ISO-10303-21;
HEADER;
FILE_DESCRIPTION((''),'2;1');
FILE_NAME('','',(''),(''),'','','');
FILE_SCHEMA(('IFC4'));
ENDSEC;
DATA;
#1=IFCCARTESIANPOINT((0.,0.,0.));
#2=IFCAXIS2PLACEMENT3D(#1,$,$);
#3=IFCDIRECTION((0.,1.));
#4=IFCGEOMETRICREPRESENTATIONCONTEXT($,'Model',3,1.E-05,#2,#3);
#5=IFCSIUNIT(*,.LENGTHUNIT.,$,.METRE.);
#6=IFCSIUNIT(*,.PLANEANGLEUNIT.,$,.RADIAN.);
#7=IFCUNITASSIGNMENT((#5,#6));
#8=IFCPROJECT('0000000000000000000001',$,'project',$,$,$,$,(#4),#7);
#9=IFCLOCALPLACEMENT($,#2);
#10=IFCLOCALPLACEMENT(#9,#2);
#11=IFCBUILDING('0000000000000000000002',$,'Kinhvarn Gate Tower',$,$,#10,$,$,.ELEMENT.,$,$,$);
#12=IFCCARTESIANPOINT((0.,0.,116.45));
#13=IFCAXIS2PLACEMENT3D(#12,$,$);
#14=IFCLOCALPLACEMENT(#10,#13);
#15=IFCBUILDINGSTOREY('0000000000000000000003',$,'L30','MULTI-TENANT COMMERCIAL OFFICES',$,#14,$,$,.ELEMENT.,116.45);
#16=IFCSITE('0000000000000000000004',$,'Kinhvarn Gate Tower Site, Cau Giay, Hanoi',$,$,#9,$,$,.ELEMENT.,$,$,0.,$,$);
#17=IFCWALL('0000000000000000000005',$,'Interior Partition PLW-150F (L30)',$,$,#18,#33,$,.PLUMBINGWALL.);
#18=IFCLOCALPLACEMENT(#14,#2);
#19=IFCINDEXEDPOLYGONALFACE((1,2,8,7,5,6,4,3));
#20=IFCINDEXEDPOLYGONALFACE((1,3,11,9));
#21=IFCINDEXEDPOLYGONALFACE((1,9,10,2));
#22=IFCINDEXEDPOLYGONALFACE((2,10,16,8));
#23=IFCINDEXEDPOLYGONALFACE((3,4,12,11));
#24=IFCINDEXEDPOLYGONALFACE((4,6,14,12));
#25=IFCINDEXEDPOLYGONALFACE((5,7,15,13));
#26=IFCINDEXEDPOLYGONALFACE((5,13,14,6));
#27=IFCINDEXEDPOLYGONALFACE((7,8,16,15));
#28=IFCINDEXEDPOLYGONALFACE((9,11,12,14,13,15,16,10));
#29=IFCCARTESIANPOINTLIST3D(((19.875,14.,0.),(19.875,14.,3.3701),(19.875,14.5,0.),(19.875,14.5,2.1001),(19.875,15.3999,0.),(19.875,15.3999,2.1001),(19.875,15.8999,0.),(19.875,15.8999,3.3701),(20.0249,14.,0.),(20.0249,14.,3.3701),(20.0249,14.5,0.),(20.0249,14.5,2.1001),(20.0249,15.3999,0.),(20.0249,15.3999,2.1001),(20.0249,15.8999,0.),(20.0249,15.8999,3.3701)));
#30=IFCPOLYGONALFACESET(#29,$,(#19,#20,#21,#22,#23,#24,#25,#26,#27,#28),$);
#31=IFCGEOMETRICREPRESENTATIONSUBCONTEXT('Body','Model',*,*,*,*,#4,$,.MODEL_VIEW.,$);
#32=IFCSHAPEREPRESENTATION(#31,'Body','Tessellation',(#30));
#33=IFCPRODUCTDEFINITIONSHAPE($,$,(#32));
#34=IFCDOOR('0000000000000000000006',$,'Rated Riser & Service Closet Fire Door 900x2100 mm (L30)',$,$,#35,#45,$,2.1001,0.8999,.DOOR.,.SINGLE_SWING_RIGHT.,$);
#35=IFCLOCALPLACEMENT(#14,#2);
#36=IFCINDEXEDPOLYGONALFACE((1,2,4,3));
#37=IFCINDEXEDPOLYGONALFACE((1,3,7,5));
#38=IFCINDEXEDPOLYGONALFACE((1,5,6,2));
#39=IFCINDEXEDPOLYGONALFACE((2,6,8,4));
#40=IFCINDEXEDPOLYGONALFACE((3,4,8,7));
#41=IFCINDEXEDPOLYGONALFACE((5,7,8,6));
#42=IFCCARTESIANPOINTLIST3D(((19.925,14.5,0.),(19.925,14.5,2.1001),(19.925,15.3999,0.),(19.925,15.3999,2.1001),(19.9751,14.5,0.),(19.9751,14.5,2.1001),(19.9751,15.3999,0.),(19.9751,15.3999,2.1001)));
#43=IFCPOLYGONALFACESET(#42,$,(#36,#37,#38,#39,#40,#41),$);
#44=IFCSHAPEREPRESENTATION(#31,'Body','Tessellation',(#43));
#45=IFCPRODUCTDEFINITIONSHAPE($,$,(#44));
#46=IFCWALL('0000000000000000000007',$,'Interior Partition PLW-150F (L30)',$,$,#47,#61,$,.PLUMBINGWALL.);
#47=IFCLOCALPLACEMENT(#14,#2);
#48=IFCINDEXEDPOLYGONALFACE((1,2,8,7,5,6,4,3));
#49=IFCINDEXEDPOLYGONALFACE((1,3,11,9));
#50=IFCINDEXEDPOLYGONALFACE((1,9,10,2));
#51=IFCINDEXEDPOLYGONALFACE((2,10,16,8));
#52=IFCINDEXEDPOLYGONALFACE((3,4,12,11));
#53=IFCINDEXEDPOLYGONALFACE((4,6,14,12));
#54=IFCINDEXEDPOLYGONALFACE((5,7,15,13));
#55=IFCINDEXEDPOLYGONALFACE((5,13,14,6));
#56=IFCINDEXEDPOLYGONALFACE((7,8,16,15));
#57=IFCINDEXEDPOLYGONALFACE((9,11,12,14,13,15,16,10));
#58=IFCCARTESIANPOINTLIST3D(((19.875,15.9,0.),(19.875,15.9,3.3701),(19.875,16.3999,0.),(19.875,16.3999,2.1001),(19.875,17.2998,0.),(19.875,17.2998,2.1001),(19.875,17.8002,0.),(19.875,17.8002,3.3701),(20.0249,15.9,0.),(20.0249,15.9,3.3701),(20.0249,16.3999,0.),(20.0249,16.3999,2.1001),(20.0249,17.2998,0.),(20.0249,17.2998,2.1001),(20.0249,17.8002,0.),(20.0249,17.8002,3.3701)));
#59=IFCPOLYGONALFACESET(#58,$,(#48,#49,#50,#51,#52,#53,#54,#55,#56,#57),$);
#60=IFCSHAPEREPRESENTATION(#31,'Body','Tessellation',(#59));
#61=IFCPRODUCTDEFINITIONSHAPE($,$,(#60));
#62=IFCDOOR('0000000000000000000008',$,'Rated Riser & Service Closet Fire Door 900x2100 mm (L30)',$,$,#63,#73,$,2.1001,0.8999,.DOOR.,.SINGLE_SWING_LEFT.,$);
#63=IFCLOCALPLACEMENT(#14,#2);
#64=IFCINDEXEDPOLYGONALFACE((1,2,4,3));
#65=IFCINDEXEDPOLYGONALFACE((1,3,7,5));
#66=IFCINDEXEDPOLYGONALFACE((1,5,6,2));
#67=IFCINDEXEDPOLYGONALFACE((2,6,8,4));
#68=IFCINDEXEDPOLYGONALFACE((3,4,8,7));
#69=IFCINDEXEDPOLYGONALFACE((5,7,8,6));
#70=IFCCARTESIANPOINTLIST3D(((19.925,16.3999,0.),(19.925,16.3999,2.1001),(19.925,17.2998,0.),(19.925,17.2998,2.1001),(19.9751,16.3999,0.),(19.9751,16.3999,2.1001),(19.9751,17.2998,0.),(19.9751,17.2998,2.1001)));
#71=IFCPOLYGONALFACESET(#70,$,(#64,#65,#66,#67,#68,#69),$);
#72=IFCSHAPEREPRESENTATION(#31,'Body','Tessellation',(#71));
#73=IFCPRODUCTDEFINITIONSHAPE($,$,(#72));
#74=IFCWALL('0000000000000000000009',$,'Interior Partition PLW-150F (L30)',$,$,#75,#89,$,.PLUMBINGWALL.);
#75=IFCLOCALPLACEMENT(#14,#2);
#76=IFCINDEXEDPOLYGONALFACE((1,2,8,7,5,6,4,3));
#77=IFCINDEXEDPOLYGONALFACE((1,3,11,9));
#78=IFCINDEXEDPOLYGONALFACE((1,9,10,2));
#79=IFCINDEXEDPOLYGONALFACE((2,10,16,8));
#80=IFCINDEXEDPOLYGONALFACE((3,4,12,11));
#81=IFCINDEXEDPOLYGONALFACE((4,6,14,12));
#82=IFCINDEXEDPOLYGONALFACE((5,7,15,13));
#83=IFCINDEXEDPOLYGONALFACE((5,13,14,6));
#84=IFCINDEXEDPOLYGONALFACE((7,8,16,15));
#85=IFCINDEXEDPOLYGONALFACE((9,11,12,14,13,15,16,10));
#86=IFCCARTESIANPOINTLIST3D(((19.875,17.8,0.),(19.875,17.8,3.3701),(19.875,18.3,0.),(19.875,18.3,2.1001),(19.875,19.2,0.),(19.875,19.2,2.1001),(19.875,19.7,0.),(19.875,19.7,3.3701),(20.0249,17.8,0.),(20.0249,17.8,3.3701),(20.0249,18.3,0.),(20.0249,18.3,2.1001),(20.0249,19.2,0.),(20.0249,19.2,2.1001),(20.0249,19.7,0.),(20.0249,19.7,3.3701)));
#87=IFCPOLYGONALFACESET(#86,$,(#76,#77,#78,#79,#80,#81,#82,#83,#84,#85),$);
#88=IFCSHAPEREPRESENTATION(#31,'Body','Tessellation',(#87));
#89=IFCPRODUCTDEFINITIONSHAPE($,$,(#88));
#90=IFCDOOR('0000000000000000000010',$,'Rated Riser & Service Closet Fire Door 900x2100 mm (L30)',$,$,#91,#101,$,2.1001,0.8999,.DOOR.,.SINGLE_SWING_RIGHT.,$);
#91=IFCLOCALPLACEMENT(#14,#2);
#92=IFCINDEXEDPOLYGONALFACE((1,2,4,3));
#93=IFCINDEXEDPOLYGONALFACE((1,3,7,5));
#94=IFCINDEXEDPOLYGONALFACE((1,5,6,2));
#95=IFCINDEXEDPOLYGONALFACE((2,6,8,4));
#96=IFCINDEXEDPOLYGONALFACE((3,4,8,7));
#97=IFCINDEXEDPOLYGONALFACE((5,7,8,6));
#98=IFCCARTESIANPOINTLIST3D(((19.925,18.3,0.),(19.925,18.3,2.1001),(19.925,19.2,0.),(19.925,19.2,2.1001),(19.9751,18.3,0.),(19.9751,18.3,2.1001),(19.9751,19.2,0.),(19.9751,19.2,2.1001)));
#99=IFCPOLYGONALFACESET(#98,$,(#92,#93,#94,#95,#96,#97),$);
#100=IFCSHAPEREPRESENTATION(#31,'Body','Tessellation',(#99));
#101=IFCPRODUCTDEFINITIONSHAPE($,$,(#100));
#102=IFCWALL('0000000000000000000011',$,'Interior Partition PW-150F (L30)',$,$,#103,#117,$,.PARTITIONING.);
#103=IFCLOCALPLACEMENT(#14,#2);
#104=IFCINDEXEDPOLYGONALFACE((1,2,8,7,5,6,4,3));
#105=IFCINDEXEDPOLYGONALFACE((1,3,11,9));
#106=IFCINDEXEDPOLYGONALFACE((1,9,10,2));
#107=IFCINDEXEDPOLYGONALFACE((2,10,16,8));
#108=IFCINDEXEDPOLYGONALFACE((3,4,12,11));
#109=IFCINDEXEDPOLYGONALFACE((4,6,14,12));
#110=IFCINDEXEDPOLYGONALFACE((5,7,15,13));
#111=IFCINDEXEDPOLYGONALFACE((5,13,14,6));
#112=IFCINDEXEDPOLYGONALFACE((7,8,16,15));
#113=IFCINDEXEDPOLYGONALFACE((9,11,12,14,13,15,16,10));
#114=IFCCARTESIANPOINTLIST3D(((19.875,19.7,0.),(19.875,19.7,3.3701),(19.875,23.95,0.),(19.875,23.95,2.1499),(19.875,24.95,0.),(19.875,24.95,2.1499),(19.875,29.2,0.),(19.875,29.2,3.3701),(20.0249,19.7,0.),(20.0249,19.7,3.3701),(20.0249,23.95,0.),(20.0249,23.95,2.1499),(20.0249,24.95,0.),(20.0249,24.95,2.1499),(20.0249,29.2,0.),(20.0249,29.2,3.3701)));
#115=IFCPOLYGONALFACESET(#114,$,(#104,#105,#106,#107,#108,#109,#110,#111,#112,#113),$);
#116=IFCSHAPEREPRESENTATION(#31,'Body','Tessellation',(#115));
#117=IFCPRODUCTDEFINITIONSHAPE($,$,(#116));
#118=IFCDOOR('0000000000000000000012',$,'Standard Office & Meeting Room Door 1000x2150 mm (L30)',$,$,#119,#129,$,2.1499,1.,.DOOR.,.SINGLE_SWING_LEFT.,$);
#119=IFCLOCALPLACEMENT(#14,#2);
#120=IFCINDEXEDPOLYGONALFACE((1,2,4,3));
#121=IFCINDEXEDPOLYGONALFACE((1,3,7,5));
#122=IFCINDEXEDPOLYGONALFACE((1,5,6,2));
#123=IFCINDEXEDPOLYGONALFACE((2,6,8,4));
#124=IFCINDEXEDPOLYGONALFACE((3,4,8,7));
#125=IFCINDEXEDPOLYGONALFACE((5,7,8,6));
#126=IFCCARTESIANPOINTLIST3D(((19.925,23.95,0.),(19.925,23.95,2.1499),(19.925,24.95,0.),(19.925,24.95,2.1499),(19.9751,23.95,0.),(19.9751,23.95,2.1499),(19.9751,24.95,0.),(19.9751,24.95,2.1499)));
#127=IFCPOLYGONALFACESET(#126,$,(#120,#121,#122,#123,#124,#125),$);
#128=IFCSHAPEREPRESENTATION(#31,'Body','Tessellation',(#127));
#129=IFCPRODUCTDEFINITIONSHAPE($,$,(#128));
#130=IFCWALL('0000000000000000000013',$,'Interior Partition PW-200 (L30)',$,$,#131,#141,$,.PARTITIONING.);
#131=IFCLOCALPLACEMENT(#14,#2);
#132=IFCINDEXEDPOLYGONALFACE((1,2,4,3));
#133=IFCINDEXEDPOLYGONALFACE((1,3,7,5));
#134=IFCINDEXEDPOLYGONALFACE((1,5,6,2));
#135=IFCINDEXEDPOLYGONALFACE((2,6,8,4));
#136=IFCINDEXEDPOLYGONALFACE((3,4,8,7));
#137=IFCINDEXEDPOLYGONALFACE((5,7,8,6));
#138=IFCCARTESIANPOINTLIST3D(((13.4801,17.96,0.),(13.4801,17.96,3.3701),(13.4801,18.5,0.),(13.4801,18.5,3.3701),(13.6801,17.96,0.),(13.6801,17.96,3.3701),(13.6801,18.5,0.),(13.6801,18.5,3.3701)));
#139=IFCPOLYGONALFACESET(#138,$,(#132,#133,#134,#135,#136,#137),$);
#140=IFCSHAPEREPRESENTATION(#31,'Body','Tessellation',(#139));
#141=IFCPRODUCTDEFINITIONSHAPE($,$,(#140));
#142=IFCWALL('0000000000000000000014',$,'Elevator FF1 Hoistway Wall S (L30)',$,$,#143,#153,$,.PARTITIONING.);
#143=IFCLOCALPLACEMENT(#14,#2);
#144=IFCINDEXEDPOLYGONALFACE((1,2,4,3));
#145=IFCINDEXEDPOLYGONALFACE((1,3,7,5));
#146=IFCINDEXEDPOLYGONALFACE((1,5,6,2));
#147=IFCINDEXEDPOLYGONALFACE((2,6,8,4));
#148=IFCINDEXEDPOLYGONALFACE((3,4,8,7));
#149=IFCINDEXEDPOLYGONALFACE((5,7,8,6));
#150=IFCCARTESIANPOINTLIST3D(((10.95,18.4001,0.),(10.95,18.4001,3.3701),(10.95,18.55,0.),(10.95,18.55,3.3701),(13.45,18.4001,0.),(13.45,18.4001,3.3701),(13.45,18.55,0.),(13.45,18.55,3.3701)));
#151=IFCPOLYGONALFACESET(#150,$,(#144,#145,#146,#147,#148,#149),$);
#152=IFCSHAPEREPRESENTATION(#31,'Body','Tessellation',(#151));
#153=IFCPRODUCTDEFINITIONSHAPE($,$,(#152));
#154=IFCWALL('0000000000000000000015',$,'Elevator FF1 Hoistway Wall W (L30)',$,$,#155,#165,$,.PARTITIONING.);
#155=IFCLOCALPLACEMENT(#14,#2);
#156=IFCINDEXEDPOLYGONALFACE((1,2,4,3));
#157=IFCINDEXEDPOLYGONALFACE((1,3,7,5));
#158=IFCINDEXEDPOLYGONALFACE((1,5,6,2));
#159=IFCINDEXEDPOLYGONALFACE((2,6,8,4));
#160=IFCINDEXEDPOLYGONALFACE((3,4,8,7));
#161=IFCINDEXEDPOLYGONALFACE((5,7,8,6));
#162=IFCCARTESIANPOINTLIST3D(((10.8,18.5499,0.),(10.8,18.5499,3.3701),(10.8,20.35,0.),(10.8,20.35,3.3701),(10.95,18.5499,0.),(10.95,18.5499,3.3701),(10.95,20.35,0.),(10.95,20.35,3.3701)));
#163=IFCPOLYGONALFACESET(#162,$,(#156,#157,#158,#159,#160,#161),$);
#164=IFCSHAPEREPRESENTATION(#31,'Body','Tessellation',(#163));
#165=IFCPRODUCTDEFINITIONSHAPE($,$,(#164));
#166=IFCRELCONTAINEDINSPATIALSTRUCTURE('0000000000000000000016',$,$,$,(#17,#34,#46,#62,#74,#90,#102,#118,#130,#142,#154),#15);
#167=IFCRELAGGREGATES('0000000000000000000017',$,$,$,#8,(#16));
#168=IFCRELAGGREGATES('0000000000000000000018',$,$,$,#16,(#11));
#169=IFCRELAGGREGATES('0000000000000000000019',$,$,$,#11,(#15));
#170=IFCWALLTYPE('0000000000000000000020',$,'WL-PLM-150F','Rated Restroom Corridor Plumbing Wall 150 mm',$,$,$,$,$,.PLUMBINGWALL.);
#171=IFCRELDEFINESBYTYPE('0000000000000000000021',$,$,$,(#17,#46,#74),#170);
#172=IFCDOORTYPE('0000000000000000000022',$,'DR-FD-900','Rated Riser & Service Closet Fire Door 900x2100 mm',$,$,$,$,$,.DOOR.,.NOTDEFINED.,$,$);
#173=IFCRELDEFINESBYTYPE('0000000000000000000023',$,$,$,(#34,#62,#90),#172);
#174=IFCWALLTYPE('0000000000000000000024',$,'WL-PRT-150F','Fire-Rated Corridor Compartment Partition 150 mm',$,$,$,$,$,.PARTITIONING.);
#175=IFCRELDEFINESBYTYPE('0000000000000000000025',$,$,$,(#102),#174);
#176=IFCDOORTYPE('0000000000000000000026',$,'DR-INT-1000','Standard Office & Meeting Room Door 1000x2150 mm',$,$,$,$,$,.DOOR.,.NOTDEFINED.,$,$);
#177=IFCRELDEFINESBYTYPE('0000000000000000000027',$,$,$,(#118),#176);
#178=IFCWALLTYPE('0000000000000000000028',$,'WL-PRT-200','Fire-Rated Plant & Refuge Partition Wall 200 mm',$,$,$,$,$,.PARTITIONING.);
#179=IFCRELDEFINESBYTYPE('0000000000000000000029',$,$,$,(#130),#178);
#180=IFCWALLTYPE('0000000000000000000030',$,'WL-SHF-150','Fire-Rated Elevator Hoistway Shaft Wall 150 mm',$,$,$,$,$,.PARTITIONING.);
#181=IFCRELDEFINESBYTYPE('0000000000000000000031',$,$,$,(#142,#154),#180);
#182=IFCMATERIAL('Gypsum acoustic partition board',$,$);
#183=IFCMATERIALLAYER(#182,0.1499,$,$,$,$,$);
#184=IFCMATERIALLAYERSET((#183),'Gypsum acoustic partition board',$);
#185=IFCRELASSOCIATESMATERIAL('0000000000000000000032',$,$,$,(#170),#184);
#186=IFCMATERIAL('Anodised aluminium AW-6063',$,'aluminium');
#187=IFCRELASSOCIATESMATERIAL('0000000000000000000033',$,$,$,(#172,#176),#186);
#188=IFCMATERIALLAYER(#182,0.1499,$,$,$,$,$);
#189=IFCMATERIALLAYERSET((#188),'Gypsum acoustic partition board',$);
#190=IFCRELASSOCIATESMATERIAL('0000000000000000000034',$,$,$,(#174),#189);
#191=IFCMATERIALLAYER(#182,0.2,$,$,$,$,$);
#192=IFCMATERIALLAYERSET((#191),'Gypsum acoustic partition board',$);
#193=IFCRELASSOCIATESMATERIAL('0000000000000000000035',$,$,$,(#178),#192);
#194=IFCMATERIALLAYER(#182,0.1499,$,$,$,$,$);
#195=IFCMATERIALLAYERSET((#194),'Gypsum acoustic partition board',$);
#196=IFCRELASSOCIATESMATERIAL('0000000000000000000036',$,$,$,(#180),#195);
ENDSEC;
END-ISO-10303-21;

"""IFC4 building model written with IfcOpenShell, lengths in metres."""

from ifc_helpers import new_model, si_unit, direction, frame, frame_2d, origin, place, context, subcontext, project, spatial, rectangle, extrude, material, layer, layer_set, type_object, element, fill, save


model = new_model("IFC4")

# Units and contexts
model_context = context("Model", 3, precision=1e-05, world=origin(), true_north=direction((0.0, 1.0)))
body_context = subcontext(model_context, "Body", "Model", "MODEL_VIEW")
ifc_project = project(units=[si_unit("LENGTHUNIT", "METRE"), si_unit("PLANEANGLEUNIT", "RADIAN")], contexts=[model_context])

# Site, building, storey
site_placement = place(None, origin())
site = spatial("IfcSite", under=ifc_project, at=site_placement, Name="Kinhvarn Gate Tower Site, Cau Giay, Hanoi", CompositionType="ELEMENT", RefElevation=0.0)
building_placement = place(site_placement, origin())
building = spatial("IfcBuilding", under=site, at=building_placement, Name="Kinhvarn Gate Tower", CompositionType="ELEMENT")
storey_placement = place(building_placement, frame((0.0, 0.0, 116.45)))
storey = spatial("IfcBuildingStorey", under=building, at=storey_placement, Name="L30", Description="MULTI-TENANT COMMERCIAL OFFICES", CompositionType="ELEMENT", Elevation=116.45)

# Shared definitions
ifc_material_1 = material(Name="Anodised aluminium AW-6063", Category="aluminium")

# Shared definitions
ifc_material_2 = material(Name="Gypsum acoustic partition board")

# Walls, openings, doors
ifc_layer_1 = layer(ifc_material_2, 0.1499)
ifc_layer_set_1 = layer_set([ifc_layer_1], Name="Gypsum acoustic partition board")
wall_type_1 = type_object("IfcWallType", Name="WL-PLM-150F", Description="Rated Restroom Corridor Plumbing Wall 150 mm", PredefinedType="PLUMBINGWALL", material=ifc_layer_set_1)
wall_1_placement = place(storey_placement, frame((19.95, 14.0, 0.0), z_axis=(0.0, 0.0, 1.0), x_axis=(0.0, 1.0, 0.0)))
wall_1 = element("IfcWall", 1, at=wall_1_placement, inside=storey, type_object=wall_type_1, Name="Interior Partition PLW-150F (L30)", PredefinedType="PLUMBINGWALL", context=body_context, shape_type="SweptSolid", body=[
    extrude(rectangle(XDim=1.8999, YDim=0.1499, at=frame_2d((0.95, 0.0))), origin(), (0.0, 0.0, 1.0), 3.3701),
])
opening_1_placement = place(wall_1_placement, frame((0.5, 0.0, 0.0)))
opening_1 = element("IfcOpeningElement", 2, at=opening_1_placement, cuts=wall_1, PredefinedType="OPENING", context=body_context, shape_type="SweptSolid", body=[
    extrude(rectangle(XDim=0.8999, YDim=2.1001, at=frame_2d((0.45, 1.05))), frame((0.0, 0.085, 0.0), z_axis=(0.0, -1.0, 0.0), x_axis=(1.0, 0.0, 0.0)), (0.0, 0.0, 1.0), 0.1699),
])
door_type_1 = type_object("IfcDoorType", Name="DR-FD-900", Description="Rated Riser & Service Closet Fire Door 900x2100 mm", OperationType="NOTDEFINED", PredefinedType="DOOR", material=ifc_material_1)
door_1_placement = place(opening_1_placement, origin())
door_1 = element("IfcDoor", 3, at=door_1_placement, inside=storey, type_object=door_type_1, Name="Rated Riser & Service Closet Fire Door 900x2100 mm (L30)", OperationType="SINGLE_SWING_RIGHT", OverallHeight=2.1001, OverallWidth=0.8999, PredefinedType="DOOR", context=body_context, shape_type="SweptSolid", body=[
    extrude(rectangle(XDim=0.8999, YDim=2.1001, at=frame_2d((0.45, 1.05))), frame((0.0, 0.0249, 0.0), z_axis=(0.0, -1.0, 0.0), x_axis=(1.0, 0.0, 0.0)), (0.0, 0.0, 1.0), 0.05),
])
fill(opening_1, door_1)
wall_2_placement = place(storey_placement, frame((19.95, 15.8999, 0.0), z_axis=(0.0, 0.0, 1.0), x_axis=(0.0, 1.0, 0.0)))
wall_2 = element("IfcWall", 4, at=wall_2_placement, inside=storey, type_object=wall_type_1, Name="Interior Partition PLW-150F (L30)", PredefinedType="PLUMBINGWALL", context=body_context, shape_type="SweptSolid", body=[
    extrude(rectangle(XDim=1.9001, YDim=0.1499, at=frame_2d((0.9502, 0.0))), origin(), (0.0, 0.0, 1.0), 3.3701),
])
opening_2_placement = place(wall_2_placement, frame((0.5, 0.0, 0.0)))
opening_2 = element("IfcOpeningElement", 5, at=opening_2_placement, cuts=wall_2, PredefinedType="OPENING", context=body_context, shape_type="SweptSolid", body=[
    extrude(rectangle(XDim=0.8999, YDim=2.1001, at=frame_2d((0.45, 1.05))), frame((0.0, 0.085, 0.0), z_axis=(0.0, -1.0, 0.0), x_axis=(1.0, 0.0, 0.0)), (0.0, 0.0, 1.0), 0.1699),
])
door_2_placement = place(opening_2_placement, origin())
door_2 = element("IfcDoor", 6, at=door_2_placement, inside=storey, type_object=door_type_1, Name="Rated Riser & Service Closet Fire Door 900x2100 mm (L30)", OperationType="SINGLE_SWING_LEFT", OverallHeight=2.1001, OverallWidth=0.8999, PredefinedType="DOOR", context=body_context, shape_type="SweptSolid", body=[
    extrude(rectangle(XDim=0.8999, YDim=2.1001, at=frame_2d((0.45, 1.05))), frame((0.0, 0.0249, 0.0), z_axis=(0.0, -1.0, 0.0), x_axis=(1.0, 0.0, 0.0)), (0.0, 0.0, 1.0), 0.05),
])
fill(opening_2, door_2)
wall_3_placement = place(storey_placement, frame((19.95, 17.8, 0.0), z_axis=(0.0, 0.0, 1.0), x_axis=(0.0, 1.0, 0.0)))
wall_3 = element("IfcWall", 7, at=wall_3_placement, inside=storey, type_object=wall_type_1, Name="Interior Partition PLW-150F (L30)", PredefinedType="PLUMBINGWALL", context=body_context, shape_type="SweptSolid", body=[
    extrude(rectangle(XDim=1.8999, YDim=0.1499, at=frame_2d((0.95, 0.0))), origin(), (0.0, 0.0, 1.0), 3.3701),
])
opening_3_placement = place(wall_3_placement, frame((0.5, 0.0, 0.0)))
opening_3 = element("IfcOpeningElement", 8, at=opening_3_placement, cuts=wall_3, PredefinedType="OPENING", context=body_context, shape_type="SweptSolid", body=[
    extrude(rectangle(XDim=0.8999, YDim=2.1001, at=frame_2d((0.45, 1.05))), frame((0.0, 0.085, 0.0), z_axis=(0.0, -1.0, 0.0), x_axis=(1.0, 0.0, 0.0)), (0.0, 0.0, 1.0), 0.1699),
])
door_3_placement = place(opening_3_placement, origin())
door_3 = element("IfcDoor", 9, at=door_3_placement, inside=storey, type_object=door_type_1, Name="Rated Riser & Service Closet Fire Door 900x2100 mm (L30)", OperationType="SINGLE_SWING_RIGHT", OverallHeight=2.1001, OverallWidth=0.8999, PredefinedType="DOOR", context=body_context, shape_type="SweptSolid", body=[
    extrude(rectangle(XDim=0.8999, YDim=2.1001, at=frame_2d((0.45, 1.05))), frame((0.0, 0.0249, 0.0), z_axis=(0.0, -1.0, 0.0), x_axis=(1.0, 0.0, 0.0)), (0.0, 0.0, 1.0), 0.05),
])
fill(opening_3, door_3)
ifc_layer_2 = layer(ifc_material_2, 0.1499)
ifc_layer_set_2 = layer_set([ifc_layer_2], Name="Gypsum acoustic partition board")
wall_type_2 = type_object("IfcWallType", Name="WL-PRT-150F", Description="Fire-Rated Corridor Compartment Partition 150 mm", PredefinedType="PARTITIONING", material=ifc_layer_set_2)
wall_4_placement = place(storey_placement, frame((19.95, 19.7, 0.0), z_axis=(0.0, 0.0, 1.0), x_axis=(0.0, 1.0, 0.0)))
wall_4 = element("IfcWall", 10, at=wall_4_placement, inside=storey, type_object=wall_type_2, Name="Interior Partition PW-150F (L30)", PredefinedType="PARTITIONING", context=body_context, shape_type="SweptSolid", body=[
    extrude(rectangle(XDim=9.5, YDim=0.1499, at=frame_2d((4.75, 0.0))), origin(), (0.0, 0.0, 1.0), 3.3701),
])
opening_4_placement = place(wall_4_placement, frame((4.25, 0.0, 0.0)))
opening_4 = element("IfcOpeningElement", 11, at=opening_4_placement, cuts=wall_4, PredefinedType="OPENING", context=body_context, shape_type="SweptSolid", body=[
    extrude(rectangle(XDim=1.0, YDim=2.1499, at=frame_2d((0.5, 1.075))), frame((0.0, 0.085, 0.0), z_axis=(0.0, -1.0, 0.0), x_axis=(1.0, 0.0, 0.0)), (0.0, 0.0, 1.0), 0.1699),
])
door_type_2 = type_object("IfcDoorType", Name="DR-INT-1000", Description="Standard Office & Meeting Room Door 1000x2150 mm", OperationType="NOTDEFINED", PredefinedType="DOOR", material=ifc_material_1)
door_4_placement = place(opening_4_placement, origin())
door_4 = element("IfcDoor", 12, at=door_4_placement, inside=storey, type_object=door_type_2, Name="Standard Office & Meeting Room Door 1000x2150 mm (L30)", OperationType="SINGLE_SWING_LEFT", OverallHeight=2.1499, OverallWidth=1.0, PredefinedType="DOOR", context=body_context, shape_type="SweptSolid", body=[
    extrude(rectangle(XDim=1.0, YDim=2.1499, at=frame_2d((0.5, 1.075))), frame((0.0, 0.0249, 0.0), z_axis=(0.0, -1.0, 0.0), x_axis=(1.0, 0.0, 0.0)), (0.0, 0.0, 1.0), 0.05),
])
fill(opening_4, door_4)

# Walls
ifc_layer_3 = layer(ifc_material_2, 0.2)
ifc_layer_set_3 = layer_set([ifc_layer_3], Name="Gypsum acoustic partition board")
wall_type_3 = type_object("IfcWallType", Name="WL-PRT-200", Description="Fire-Rated Plant & Refuge Partition Wall 200 mm", PredefinedType="PARTITIONING", material=ifc_layer_set_3)
wall_5_placement = place(storey_placement, frame((13.5801, 17.96, 0.0), z_axis=(0.0, 0.0, 1.0), x_axis=(0.0, 1.0, 0.0)))
element("IfcWall", 13, at=wall_5_placement, inside=storey, type_object=wall_type_3, Name="Interior Partition PW-200 (L30)", PredefinedType="PARTITIONING", context=body_context, shape_type="SweptSolid", body=[
    extrude(rectangle(XDim=0.54, YDim=0.2, at=frame_2d((0.27, 0.0))), origin(), (0.0, 0.0, 1.0), 3.3701),
])
ifc_layer_4 = layer(ifc_material_2, 0.1499)
ifc_layer_set_4 = layer_set([ifc_layer_4], Name="Gypsum acoustic partition board")
wall_type_4 = type_object("IfcWallType", Name="WL-SHF-150", Description="Fire-Rated Elevator Hoistway Shaft Wall 150 mm", PredefinedType="PARTITIONING", material=ifc_layer_set_4)
wall_6_placement = place(storey_placement, frame((10.95, 18.4751, 0.0), z_axis=(0.0, 0.0, 1.0), x_axis=(1.0, 0.0, 0.0)))
element("IfcWall", 14, at=wall_6_placement, inside=storey, type_object=wall_type_4, Name="Elevator FF1 Hoistway Wall S (L30)", PredefinedType="PARTITIONING", context=body_context, shape_type="SweptSolid", body=[
    extrude(rectangle(XDim=2.5, YDim=0.1499, at=frame_2d((1.25, 0.0))), origin(), (0.0, 0.0, 1.0), 3.3701),
])
wall_7_placement = place(storey_placement, frame((10.875, 18.55, 0.0), z_axis=(0.0, 0.0, 1.0), x_axis=(0.0, 1.0, 0.0)))
element("IfcWall", 15, at=wall_7_placement, inside=storey, type_object=wall_type_4, Name="Elevator FF1 Hoistway Wall W (L30)", PredefinedType="PARTITIONING", context=body_context, shape_type="SweptSolid", body=[
    extrude(rectangle(XDim=1.8, YDim=0.1499, at=frame_2d((0.8999, 0.0))), origin(), (0.0, 0.0, 1.0), 3.3701),
])

save(model, "model.ifc")
